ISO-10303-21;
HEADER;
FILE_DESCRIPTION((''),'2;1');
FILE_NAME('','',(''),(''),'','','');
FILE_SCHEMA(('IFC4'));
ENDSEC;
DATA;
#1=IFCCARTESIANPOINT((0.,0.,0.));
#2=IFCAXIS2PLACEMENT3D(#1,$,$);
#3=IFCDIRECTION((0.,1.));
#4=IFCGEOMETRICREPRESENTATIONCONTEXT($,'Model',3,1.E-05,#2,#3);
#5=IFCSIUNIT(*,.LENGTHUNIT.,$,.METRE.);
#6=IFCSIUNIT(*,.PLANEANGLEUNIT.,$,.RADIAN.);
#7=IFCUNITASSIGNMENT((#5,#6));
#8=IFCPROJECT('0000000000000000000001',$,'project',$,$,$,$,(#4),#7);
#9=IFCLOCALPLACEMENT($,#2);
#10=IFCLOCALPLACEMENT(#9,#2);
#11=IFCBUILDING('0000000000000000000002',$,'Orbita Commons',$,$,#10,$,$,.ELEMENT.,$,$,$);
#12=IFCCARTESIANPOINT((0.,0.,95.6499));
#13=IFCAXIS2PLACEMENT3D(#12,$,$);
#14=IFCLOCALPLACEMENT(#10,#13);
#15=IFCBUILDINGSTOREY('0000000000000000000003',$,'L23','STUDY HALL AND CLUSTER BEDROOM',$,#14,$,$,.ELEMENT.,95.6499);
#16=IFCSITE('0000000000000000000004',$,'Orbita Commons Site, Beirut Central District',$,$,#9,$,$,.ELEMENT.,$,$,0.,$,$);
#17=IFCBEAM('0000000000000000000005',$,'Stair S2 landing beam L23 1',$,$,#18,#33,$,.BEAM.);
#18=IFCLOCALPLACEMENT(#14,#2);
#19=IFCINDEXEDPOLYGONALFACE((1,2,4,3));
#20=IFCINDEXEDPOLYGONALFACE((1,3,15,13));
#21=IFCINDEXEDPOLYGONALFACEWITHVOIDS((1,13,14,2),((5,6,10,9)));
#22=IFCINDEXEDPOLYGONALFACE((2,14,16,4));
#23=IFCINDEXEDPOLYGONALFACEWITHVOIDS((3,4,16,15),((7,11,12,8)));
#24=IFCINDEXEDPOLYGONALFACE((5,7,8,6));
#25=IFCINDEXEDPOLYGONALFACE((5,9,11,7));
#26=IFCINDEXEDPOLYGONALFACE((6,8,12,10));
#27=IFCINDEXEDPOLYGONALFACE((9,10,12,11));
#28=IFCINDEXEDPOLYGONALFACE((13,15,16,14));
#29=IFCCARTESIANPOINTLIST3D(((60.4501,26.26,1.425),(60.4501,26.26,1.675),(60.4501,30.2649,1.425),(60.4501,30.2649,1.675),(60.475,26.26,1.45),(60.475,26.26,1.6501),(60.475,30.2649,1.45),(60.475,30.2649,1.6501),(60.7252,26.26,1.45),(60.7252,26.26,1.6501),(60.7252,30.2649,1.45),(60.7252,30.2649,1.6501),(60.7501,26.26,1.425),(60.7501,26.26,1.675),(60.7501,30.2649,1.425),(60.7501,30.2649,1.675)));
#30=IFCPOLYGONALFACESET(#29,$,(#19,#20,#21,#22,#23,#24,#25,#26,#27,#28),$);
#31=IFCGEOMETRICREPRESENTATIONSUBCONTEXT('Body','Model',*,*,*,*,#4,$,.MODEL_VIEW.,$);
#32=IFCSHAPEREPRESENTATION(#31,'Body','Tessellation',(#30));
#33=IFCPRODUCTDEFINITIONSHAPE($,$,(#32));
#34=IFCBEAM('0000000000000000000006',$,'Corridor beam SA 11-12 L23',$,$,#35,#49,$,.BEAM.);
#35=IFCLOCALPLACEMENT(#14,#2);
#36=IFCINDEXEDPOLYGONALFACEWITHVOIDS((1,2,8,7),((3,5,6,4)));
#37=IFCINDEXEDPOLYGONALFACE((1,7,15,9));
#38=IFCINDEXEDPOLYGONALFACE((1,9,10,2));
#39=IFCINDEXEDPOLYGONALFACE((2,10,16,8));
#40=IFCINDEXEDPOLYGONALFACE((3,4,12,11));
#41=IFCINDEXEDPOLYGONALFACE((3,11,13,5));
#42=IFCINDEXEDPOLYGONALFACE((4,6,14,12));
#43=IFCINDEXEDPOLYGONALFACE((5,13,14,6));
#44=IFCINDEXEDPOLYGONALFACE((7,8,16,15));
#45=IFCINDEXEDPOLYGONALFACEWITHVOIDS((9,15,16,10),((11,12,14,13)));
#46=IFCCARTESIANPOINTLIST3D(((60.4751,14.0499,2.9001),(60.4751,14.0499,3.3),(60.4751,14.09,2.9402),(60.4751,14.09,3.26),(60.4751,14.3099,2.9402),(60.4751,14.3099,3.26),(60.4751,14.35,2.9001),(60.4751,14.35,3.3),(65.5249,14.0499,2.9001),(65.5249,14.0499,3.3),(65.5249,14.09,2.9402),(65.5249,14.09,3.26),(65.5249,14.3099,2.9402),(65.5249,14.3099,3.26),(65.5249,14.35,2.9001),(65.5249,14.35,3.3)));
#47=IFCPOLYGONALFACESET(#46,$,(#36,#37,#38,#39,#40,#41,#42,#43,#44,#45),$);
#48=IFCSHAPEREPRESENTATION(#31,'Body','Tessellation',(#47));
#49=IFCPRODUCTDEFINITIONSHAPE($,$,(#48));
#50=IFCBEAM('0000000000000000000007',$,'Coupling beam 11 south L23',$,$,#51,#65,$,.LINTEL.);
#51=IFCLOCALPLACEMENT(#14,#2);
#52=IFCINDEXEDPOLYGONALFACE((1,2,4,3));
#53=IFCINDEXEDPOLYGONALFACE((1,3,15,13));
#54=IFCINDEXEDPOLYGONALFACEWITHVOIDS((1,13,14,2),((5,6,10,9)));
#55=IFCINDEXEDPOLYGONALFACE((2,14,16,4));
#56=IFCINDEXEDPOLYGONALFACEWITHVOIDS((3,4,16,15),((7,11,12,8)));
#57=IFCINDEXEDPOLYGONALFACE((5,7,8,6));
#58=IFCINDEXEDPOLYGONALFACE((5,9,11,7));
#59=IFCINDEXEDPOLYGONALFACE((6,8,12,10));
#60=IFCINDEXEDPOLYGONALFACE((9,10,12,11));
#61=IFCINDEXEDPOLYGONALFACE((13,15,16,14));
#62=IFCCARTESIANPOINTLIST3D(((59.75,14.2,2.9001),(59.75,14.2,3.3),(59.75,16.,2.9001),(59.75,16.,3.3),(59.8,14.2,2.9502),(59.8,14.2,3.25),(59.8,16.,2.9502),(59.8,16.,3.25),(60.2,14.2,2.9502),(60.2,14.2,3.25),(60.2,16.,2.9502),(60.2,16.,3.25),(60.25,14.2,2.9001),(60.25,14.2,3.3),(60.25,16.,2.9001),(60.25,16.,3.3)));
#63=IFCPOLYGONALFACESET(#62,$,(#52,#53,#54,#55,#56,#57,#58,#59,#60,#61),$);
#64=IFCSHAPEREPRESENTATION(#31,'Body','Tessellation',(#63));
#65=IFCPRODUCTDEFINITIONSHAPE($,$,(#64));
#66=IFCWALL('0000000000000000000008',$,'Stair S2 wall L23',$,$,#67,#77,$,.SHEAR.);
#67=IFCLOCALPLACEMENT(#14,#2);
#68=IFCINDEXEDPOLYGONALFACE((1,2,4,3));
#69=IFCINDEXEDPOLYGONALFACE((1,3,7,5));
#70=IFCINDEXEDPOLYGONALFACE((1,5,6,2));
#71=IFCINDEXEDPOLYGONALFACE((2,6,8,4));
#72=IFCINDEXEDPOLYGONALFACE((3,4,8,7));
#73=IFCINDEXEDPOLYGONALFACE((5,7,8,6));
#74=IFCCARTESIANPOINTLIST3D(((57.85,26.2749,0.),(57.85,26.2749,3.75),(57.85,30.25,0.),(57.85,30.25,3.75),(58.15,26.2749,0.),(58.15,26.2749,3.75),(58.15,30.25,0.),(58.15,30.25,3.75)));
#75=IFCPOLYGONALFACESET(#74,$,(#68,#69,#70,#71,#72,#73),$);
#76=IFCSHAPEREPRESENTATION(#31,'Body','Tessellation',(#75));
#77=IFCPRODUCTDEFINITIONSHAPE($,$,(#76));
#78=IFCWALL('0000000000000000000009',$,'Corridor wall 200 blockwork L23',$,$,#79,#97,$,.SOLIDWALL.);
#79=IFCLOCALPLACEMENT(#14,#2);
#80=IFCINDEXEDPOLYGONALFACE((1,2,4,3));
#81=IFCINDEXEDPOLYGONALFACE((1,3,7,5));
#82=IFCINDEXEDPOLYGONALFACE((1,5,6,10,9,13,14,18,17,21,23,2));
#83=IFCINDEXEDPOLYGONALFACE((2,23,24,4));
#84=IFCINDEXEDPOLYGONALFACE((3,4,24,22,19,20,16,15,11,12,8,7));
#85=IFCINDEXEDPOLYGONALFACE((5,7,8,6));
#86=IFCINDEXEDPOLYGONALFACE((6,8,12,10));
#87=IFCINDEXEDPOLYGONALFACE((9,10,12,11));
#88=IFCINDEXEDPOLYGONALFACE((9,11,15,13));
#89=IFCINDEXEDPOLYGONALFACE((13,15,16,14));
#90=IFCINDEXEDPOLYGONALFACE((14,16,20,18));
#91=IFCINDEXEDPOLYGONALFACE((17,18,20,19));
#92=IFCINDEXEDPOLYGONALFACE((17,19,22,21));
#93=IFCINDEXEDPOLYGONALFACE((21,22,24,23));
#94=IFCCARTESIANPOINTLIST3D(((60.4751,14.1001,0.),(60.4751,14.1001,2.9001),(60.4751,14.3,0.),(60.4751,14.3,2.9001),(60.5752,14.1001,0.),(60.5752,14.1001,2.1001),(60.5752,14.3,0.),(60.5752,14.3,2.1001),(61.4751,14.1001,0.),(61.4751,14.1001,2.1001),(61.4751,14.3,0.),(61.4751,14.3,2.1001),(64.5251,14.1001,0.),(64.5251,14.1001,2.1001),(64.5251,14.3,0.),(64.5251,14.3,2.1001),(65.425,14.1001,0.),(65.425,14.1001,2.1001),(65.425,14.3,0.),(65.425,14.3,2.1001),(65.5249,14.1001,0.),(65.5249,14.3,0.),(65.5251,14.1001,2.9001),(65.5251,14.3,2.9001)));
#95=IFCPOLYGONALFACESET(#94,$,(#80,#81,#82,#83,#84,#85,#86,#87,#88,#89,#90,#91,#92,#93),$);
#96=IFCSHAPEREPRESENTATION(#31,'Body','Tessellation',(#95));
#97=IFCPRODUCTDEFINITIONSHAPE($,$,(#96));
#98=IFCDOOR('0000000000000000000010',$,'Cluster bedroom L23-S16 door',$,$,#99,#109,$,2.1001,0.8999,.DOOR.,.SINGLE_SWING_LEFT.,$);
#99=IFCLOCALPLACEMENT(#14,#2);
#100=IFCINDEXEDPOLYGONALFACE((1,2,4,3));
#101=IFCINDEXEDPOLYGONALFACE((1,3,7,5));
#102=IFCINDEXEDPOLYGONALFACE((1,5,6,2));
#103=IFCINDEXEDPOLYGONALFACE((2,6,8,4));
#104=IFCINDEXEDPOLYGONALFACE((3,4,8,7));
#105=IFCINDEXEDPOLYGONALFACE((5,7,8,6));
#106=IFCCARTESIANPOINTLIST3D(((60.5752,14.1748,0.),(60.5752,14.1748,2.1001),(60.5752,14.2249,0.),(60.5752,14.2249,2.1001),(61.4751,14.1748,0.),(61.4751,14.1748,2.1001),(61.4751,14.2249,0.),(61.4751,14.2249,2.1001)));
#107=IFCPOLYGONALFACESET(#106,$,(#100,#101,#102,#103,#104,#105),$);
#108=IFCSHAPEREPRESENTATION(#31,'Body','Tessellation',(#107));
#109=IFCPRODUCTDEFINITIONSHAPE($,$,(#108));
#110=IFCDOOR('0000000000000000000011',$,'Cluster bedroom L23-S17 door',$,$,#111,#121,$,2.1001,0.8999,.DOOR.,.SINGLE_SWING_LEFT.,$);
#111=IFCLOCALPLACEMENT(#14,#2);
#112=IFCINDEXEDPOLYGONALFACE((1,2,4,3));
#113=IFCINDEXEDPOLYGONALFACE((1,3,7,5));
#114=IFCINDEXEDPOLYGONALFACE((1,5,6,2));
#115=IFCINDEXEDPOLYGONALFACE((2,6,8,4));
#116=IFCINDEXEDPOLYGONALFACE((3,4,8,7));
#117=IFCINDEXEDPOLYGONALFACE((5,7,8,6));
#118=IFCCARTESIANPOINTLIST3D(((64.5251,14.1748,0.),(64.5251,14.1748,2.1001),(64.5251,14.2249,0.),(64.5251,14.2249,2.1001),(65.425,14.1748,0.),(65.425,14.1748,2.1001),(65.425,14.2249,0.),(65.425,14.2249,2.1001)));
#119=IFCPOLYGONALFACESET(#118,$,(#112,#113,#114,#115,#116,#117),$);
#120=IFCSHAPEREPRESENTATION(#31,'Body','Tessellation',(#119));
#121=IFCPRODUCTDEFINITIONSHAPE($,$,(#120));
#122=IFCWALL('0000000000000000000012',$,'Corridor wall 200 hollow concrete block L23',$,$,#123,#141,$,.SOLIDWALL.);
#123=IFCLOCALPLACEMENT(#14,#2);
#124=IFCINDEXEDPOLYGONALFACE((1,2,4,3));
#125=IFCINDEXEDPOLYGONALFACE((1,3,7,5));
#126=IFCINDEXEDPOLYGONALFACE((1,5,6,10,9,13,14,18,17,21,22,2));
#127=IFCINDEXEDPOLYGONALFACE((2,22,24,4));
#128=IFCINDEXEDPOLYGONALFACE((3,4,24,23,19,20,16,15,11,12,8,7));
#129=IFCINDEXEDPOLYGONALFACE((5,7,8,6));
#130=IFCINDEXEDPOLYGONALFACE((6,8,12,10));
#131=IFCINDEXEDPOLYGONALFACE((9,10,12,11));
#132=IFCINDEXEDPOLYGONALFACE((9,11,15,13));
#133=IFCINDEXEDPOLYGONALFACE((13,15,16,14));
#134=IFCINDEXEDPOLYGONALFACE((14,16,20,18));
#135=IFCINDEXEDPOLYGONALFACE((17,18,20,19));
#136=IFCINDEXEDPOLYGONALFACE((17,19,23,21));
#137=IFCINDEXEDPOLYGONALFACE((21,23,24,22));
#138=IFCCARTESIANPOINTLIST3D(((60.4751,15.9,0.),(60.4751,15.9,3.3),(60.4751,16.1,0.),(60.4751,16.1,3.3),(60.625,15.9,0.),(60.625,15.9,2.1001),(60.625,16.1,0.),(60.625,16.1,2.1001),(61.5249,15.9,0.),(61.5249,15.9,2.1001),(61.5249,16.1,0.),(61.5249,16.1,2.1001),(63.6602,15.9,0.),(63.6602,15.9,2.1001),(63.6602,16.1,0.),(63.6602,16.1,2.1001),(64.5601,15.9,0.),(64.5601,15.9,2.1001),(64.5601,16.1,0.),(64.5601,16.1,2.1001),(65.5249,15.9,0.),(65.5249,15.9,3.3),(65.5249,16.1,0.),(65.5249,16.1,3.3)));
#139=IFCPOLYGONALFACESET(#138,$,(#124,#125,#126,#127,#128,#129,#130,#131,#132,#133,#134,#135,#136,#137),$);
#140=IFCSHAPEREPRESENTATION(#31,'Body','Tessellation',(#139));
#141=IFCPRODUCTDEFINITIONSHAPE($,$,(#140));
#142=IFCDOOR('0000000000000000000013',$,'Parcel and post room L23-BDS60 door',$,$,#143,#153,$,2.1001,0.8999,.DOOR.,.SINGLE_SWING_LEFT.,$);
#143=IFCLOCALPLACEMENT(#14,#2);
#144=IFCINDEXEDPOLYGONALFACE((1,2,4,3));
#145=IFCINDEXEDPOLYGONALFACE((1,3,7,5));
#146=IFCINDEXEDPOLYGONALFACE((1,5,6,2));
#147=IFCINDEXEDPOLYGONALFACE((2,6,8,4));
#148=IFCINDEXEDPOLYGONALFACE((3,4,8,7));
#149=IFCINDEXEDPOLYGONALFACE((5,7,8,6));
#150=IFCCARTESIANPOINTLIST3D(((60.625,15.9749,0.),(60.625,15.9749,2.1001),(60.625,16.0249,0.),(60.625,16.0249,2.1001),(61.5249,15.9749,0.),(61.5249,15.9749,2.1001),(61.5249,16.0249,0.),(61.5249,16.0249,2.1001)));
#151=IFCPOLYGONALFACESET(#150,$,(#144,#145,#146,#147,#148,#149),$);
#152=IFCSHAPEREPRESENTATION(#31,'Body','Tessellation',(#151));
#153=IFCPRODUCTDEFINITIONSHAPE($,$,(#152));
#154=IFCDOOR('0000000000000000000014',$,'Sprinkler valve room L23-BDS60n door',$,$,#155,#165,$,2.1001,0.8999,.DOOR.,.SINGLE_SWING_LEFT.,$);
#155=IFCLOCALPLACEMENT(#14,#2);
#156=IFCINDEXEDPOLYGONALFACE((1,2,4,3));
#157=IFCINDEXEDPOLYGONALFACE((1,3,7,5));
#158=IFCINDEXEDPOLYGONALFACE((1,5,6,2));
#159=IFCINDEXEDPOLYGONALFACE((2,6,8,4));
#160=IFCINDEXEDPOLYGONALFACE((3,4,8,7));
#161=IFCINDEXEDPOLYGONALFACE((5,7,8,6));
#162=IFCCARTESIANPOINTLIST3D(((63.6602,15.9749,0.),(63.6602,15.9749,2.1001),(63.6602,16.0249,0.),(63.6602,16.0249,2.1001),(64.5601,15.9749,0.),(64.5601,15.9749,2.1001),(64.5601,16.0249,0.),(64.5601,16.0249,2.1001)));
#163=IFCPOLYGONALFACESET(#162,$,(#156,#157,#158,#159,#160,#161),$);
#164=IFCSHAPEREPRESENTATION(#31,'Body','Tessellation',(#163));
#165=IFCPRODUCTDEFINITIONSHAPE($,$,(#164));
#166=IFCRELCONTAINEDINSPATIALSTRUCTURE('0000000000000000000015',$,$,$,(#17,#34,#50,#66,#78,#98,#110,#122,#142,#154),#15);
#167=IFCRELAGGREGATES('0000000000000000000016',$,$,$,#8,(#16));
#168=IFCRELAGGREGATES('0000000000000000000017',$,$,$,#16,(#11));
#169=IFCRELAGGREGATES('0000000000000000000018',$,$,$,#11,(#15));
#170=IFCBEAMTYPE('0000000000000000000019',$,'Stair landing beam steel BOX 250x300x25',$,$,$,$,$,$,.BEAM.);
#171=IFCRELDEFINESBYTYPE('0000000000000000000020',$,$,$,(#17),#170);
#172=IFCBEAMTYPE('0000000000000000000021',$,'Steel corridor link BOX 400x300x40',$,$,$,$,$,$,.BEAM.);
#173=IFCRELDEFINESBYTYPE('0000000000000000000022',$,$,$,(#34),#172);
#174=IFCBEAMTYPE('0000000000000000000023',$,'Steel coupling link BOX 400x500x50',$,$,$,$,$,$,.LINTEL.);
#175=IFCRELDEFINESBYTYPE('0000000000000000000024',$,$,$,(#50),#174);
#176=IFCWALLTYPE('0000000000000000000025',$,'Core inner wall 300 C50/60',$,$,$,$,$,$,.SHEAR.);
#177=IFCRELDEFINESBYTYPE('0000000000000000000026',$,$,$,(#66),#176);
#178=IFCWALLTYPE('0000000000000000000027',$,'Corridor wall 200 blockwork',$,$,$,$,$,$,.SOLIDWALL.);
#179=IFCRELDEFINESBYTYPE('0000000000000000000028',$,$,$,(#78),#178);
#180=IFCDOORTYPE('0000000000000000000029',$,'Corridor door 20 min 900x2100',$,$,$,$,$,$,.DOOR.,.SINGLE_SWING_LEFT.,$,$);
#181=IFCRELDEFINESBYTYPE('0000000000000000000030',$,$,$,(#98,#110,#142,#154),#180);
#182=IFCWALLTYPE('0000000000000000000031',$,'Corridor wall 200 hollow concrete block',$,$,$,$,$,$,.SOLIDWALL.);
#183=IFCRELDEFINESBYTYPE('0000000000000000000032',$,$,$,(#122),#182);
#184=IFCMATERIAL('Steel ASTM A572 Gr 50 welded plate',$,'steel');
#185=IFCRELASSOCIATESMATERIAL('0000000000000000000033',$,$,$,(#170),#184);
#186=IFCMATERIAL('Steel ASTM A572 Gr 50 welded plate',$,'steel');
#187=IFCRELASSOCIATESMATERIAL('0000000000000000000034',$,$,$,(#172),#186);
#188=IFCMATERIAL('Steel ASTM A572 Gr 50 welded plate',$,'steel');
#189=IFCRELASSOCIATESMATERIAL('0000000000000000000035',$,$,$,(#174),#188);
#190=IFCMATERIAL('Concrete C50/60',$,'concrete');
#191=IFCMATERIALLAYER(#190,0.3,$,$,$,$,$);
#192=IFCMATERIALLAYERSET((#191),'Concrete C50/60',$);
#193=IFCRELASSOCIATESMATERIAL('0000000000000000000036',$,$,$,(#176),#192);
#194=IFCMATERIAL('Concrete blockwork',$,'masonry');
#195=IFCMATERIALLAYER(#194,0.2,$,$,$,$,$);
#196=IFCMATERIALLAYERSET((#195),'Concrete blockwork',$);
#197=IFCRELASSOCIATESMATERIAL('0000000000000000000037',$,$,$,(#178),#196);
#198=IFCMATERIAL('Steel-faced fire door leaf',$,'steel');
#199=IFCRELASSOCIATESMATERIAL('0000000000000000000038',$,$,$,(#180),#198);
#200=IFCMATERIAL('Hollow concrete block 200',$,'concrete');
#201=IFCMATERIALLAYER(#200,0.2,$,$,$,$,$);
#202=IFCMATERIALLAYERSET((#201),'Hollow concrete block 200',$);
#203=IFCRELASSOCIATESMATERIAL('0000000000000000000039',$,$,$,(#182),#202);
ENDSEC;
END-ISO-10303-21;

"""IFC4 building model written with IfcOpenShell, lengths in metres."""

from ifc_helpers import new_model, si_unit, direction, frame, frame_2d, origin, origin_2d, place, context, subcontext, project, spatial, polyline, rectangle, hollow_rectangle, outline, extrude, material, layer, layer_set, material_profile, profile_set, type_object, element, fill, save


model = new_model("IFC4")

# Units and contexts
model_context = context("Model", 3, precision=1e-05, world=origin(), true_north=direction((0.0, 1.0)))
body_context = subcontext(model_context, "Body", "Model", "MODEL_VIEW")
ifc_project = project(units=[si_unit("LENGTHUNIT", "METRE"), si_unit("PLANEANGLEUNIT", "RADIAN")], contexts=[model_context])

# Site, building, storey
site_placement = place(None, origin())
site = spatial("IfcSite", under=ifc_project, at=site_placement, Name="Orbita Commons Site, Beirut Central District", CompositionType="ELEMENT", RefElevation=0.0)
building_placement = place(site_placement, origin())
building = spatial("IfcBuilding", under=site, at=building_placement, Name="Orbita Commons", CompositionType="ELEMENT")
storey_placement = place(building_placement, frame((0.0, 0.0, 95.6499)))
storey = spatial("IfcBuildingStorey", under=building, at=storey_placement, Name="L23", Description="STUDY HALL AND CLUSTER BEDROOM", CompositionType="ELEMENT", Elevation=95.6499)

# Beams
ifc_material_1 = material(Name="Steel ASTM A572 Gr 50 welded plate", Category="steel")
ifc_material_profile_1 = material_profile(ifc_material_1, hollow_rectangle(XDim=0.3, YDim=0.25, WallThickness=0.0249, at=origin_2d()), Name="BOX 250x300x25")
ifc_profile_set_1 = profile_set([ifc_material_profile_1], Name="Steel ASTM A572 Gr 50 welded plate")
beam_type_1 = type_object("IfcBeamType", Name="Stair landing beam steel BOX 250x300x25", PredefinedType="BEAM", material=ifc_profile_set_1)
beam_1_placement = place(storey_placement, frame((60.6001, 26.26, 1.55), z_axis=(0.0, 1.0, 0.0), x_axis=(-1.0, 0.0, 0.0)))
element("IfcBeam", 1, at=beam_1_placement, inside=storey, type_object=beam_type_1, Name="Stair S2 landing beam L23 1", PredefinedType="BEAM", context=body_context, shape_type="SweptSolid", body=[
    extrude(hollow_rectangle(XDim=0.3, YDim=0.25, WallThickness=0.0249, at=origin_2d()), origin(), (0.0, 0.0, 1.0), 4.0049),
])
ifc_material_2 = material(Name="Steel ASTM A572 Gr 50 welded plate", Category="steel")
ifc_material_profile_2 = material_profile(ifc_material_2, hollow_rectangle(XDim=0.3, YDim=0.3999, WallThickness=0.04, at=origin_2d()), Name="BOX 400x300x40")
ifc_profile_set_2 = profile_set([ifc_material_profile_2], Name="Steel ASTM A572 Gr 50 welded plate")
beam_type_2 = type_object("IfcBeamType", Name="Steel corridor link BOX 400x300x40", PredefinedType="BEAM", material=ifc_profile_set_2)
beam_2_placement = place(storey_placement, frame((60.4751, 14.2, 3.1001), z_axis=(1.0, 0.0, 0.0), x_axis=(0.0, 1.0, 0.0)))
element("IfcBeam", 2, at=beam_2_placement, inside=storey, type_object=beam_type_2, Name="Corridor beam SA 11-12 L23", PredefinedType="BEAM", context=body_context, shape_type="SweptSolid", body=[
    extrude(hollow_rectangle(XDim=0.3, YDim=0.3999, WallThickness=0.04, at=origin_2d()), origin(), (0.0, 0.0, 1.0), 5.0498),
])
ifc_material_3 = material(Name="Steel ASTM A572 Gr 50 welded plate", Category="steel")
ifc_material_profile_3 = material_profile(ifc_material_3, hollow_rectangle(XDim=0.5, YDim=0.3999, WallThickness=0.05, at=origin_2d()), Name="BOX 400x500x50")
ifc_profile_set_3 = profile_set([ifc_material_profile_3], Name="Steel ASTM A572 Gr 50 welded plate")
beam_type_3 = type_object("IfcBeamType", Name="Steel coupling link BOX 400x500x50", PredefinedType="LINTEL", material=ifc_profile_set_3)
beam_3_placement = place(storey_placement, frame((60.0, 14.2, 3.1001), z_axis=(0.0, 1.0, 0.0), x_axis=(-1.0, 0.0, 0.0)))
element("IfcBeam", 3, at=beam_3_placement, inside=storey, type_object=beam_type_3, Name="Coupling beam 11 south L23", PredefinedType="LINTEL", context=body_context, shape_type="SweptSolid", body=[
    extrude(hollow_rectangle(XDim=0.5, YDim=0.3999, WallThickness=0.05, at=origin_2d()), origin(), (0.0, 0.0, 1.0), 1.8),
])

# Wall
ifc_material_4 = material(Name="Concrete C50/60", Category="concrete")
ifc_layer_1 = layer(ifc_material_4, 0.3)
ifc_layer_set_1 = layer_set([ifc_layer_1], Name="Concrete C50/60")
wall_type_1 = type_object("IfcWallType", Name="Core inner wall 300 C50/60", PredefinedType="SHEAR", material=ifc_layer_set_1)
wall_1_placement = place(storey_placement, frame((58.0, 26.2749, 0.0), z_axis=(0.0, 0.0, 1.0), x_axis=(0.0, 1.0, 0.0)))
element("IfcWall", 4, at=wall_1_placement, inside=storey, type_object=wall_type_1, Name="Stair S2 wall L23", PredefinedType="SHEAR", context=body_context, shape_type="SweptSolid", body=[
    extrude(rectangle(XDim=3.9751, YDim=0.3, at=frame_2d((1.9875, 0.0))), origin(), (0.0, 0.0, 1.0), 3.75),
])

# Walls, openings, doors
ifc_material_5 = material(Name="Concrete blockwork", Category="masonry")
ifc_layer_2 = layer(ifc_material_5, 0.2)
ifc_layer_set_2 = layer_set([ifc_layer_2], Name="Concrete blockwork")
wall_type_2 = type_object("IfcWallType", Name="Corridor wall 200 blockwork", PredefinedType="SOLIDWALL", material=ifc_layer_set_2)
wall_2_placement = place(storey_placement, frame((60.4751, 14.2, 0.0), z_axis=(0.0, 0.0, 1.0), x_axis=(1.0, 0.0, 0.0)))
wall_2 = element("IfcWall", 5, at=wall_2_placement, inside=storey, type_object=wall_type_2, Name="Corridor wall 200 blockwork L23", PredefinedType="SOLIDWALL", context=body_context, shape_type="SweptSolid", body=[
    extrude(outline(polyline([(0.0, 0.0), (5.0498, 0.0), (5.05, 2.9001), (0.0, 2.9001), (0.0, 0.0)])), frame((0.0, 0.1001, 0.0), z_axis=(0.0, -1.0, 0.0), x_axis=(1.0, 0.0, 0.0)), (0.0, 0.0, 1.0), 0.2),
])
opening_1_placement = place(wall_2_placement, frame((0.1001, 0.0, 0.0)))
opening_1 = element("IfcOpeningElement", 6, at=opening_1_placement, cuts=wall_2, PredefinedType="OPENING", context=body_context, shape_type="SweptSolid", body=[
    extrude(rectangle(XDim=0.8999, YDim=2.1001, at=frame_2d((0.45, 1.05))), frame((0.0, 0.1099, 0.0), z_axis=(0.0, -1.0, 0.0), x_axis=(1.0, 0.0, 0.0)), (0.0, 0.0, 1.0), 0.22),
])
opening_2_placement = place(wall_2_placement, frame((4.05, 0.0, 0.0)))
opening_2 = element("IfcOpeningElement", 7, at=opening_2_placement, cuts=wall_2, PredefinedType="OPENING", context=body_context, shape_type="SweptSolid", body=[
    extrude(rectangle(XDim=0.8999, YDim=2.1001, at=frame_2d((0.45, 1.05))), frame((0.0, 0.1099, 0.0), z_axis=(0.0, -1.0, 0.0), x_axis=(1.0, 0.0, 0.0)), (0.0, 0.0, 1.0), 0.22),
])
ifc_material_6 = material(Name="Steel-faced fire door leaf", Category="steel")
door_type_1 = type_object("IfcDoorType", Name="Corridor door 20 min 900x2100", OperationType="SINGLE_SWING_LEFT", PredefinedType="DOOR", material=ifc_material_6)
door_1_placement = place(opening_1_placement, origin())
door_1 = element("IfcDoor", 8, at=door_1_placement, inside=storey, type_object=door_type_1, Name="Cluster bedroom L23-S16 door", OperationType="SINGLE_SWING_LEFT", OverallHeight=2.1001, OverallWidth=0.8999, PredefinedType="DOOR", context=body_context, shape_type="SweptSolid", body=[
    extrude(rectangle(XDim=0.8999, YDim=2.1001, at=frame_2d((0.45, 1.05))), frame((0.0, 0.0249, 0.0), z_axis=(0.0, -1.0, 0.0), x_axis=(1.0, 0.0, 0.0)), (0.0, 0.0, 1.0), 0.05),
])
fill(opening_1, door_1)
door_2_placement = place(opening_2_placement, origin())
door_2 = element("IfcDoor", 9, at=door_2_placement, inside=storey, type_object=door_type_1, Name="Cluster bedroom L23-S17 door", OperationType="SINGLE_SWING_LEFT", OverallHeight=2.1001, OverallWidth=0.8999, PredefinedType="DOOR", context=body_context, shape_type="SweptSolid", body=[
    extrude(rectangle(XDim=0.8999, YDim=2.1001, at=frame_2d((0.45, 1.05))), frame((0.0, 0.0249, 0.0), z_axis=(0.0, -1.0, 0.0), x_axis=(1.0, 0.0, 0.0)), (0.0, 0.0, 1.0), 0.05),
])
fill(opening_2, door_2)
ifc_material_7 = material(Name="Hollow concrete block 200", Category="concrete")
ifc_layer_3 = layer(ifc_material_7, 0.2)
ifc_layer_set_3 = layer_set([ifc_layer_3], Name="Hollow concrete block 200")
wall_type_3 = type_object("IfcWallType", Name="Corridor wall 200 hollow concrete block", PredefinedType="SOLIDWALL", material=ifc_layer_set_3)
wall_3_placement = place(storey_placement, frame((60.4751, 16.0, 0.0), z_axis=(0.0, 0.0, 1.0), x_axis=(1.0, 0.0, 0.0)))
wall_3 = element("IfcWall", 10, at=wall_3_placement, inside=storey, type_object=wall_type_3, Name="Corridor wall 200 hollow concrete block L23", PredefinedType="SOLIDWALL", context=body_context, shape_type="SweptSolid", body=[
    extrude(rectangle(XDim=5.0498, YDim=0.2, at=frame_2d((2.5249, 0.0))), origin(), (0.0, 0.0, 1.0), 3.3),
])
opening_3_placement = place(wall_3_placement, frame((0.1499, 0.0, 0.0)))
opening_3 = element("IfcOpeningElement", 11, at=opening_3_placement, cuts=wall_3, PredefinedType="OPENING", context=body_context, shape_type="SweptSolid", body=[
    extrude(rectangle(XDim=0.8999, YDim=2.1001, at=frame_2d((0.45, 1.05))), frame((0.0, 0.1099, 0.0), z_axis=(0.0, -1.0, 0.0), x_axis=(1.0, 0.0, 0.0)), (0.0, 0.0, 1.0), 0.22),
])
opening_4_placement = place(wall_3_placement, frame((3.1851, 0.0, 0.0)))
opening_4 = element("IfcOpeningElement", 12, at=opening_4_placement, cuts=wall_3, PredefinedType="OPENING", context=body_context, shape_type="SweptSolid", body=[
    extrude(rectangle(XDim=0.8999, YDim=2.1001, at=frame_2d((0.45, 1.05))), frame((0.0, 0.1099, 0.0), z_axis=(0.0, -1.0, 0.0), x_axis=(1.0, 0.0, 0.0)), (0.0, 0.0, 1.0), 0.22),
])
door_3_placement = place(opening_3_placement, origin())
door_3 = element("IfcDoor", 13, at=door_3_placement, inside=storey, type_object=door_type_1, Name="Parcel and post room L23-BDS60 door", OperationType="SINGLE_SWING_LEFT", OverallHeight=2.1001, OverallWidth=0.8999, PredefinedType="DOOR", context=body_context, shape_type="SweptSolid", body=[
    extrude(rectangle(XDim=0.8999, YDim=2.1001, at=frame_2d((0.45, 1.05))), frame((0.0, 0.0249, 0.0), z_axis=(0.0, -1.0, 0.0), x_axis=(1.0, 0.0, 0.0)), (0.0, 0.0, 1.0), 0.05),
])
fill(opening_3, door_3)
door_4_placement = place(opening_4_placement, origin())
door_4 = element("IfcDoor", 14, at=door_4_placement, inside=storey, type_object=door_type_1, Name="Sprinkler valve room L23-BDS60n door", OperationType="SINGLE_SWING_LEFT", OverallHeight=2.1001, OverallWidth=0.8999, PredefinedType="DOOR", context=body_context, shape_type="SweptSolid", body=[
    extrude(rectangle(XDim=0.8999, YDim=2.1001, at=frame_2d((0.45, 1.05))), frame((0.0, 0.0249, 0.0), z_axis=(0.0, -1.0, 0.0), x_axis=(1.0, 0.0, 0.0)), (0.0, 0.0, 1.0), 0.05),
])
fill(opening_4, door_4)

save(model, "model.ifc")
